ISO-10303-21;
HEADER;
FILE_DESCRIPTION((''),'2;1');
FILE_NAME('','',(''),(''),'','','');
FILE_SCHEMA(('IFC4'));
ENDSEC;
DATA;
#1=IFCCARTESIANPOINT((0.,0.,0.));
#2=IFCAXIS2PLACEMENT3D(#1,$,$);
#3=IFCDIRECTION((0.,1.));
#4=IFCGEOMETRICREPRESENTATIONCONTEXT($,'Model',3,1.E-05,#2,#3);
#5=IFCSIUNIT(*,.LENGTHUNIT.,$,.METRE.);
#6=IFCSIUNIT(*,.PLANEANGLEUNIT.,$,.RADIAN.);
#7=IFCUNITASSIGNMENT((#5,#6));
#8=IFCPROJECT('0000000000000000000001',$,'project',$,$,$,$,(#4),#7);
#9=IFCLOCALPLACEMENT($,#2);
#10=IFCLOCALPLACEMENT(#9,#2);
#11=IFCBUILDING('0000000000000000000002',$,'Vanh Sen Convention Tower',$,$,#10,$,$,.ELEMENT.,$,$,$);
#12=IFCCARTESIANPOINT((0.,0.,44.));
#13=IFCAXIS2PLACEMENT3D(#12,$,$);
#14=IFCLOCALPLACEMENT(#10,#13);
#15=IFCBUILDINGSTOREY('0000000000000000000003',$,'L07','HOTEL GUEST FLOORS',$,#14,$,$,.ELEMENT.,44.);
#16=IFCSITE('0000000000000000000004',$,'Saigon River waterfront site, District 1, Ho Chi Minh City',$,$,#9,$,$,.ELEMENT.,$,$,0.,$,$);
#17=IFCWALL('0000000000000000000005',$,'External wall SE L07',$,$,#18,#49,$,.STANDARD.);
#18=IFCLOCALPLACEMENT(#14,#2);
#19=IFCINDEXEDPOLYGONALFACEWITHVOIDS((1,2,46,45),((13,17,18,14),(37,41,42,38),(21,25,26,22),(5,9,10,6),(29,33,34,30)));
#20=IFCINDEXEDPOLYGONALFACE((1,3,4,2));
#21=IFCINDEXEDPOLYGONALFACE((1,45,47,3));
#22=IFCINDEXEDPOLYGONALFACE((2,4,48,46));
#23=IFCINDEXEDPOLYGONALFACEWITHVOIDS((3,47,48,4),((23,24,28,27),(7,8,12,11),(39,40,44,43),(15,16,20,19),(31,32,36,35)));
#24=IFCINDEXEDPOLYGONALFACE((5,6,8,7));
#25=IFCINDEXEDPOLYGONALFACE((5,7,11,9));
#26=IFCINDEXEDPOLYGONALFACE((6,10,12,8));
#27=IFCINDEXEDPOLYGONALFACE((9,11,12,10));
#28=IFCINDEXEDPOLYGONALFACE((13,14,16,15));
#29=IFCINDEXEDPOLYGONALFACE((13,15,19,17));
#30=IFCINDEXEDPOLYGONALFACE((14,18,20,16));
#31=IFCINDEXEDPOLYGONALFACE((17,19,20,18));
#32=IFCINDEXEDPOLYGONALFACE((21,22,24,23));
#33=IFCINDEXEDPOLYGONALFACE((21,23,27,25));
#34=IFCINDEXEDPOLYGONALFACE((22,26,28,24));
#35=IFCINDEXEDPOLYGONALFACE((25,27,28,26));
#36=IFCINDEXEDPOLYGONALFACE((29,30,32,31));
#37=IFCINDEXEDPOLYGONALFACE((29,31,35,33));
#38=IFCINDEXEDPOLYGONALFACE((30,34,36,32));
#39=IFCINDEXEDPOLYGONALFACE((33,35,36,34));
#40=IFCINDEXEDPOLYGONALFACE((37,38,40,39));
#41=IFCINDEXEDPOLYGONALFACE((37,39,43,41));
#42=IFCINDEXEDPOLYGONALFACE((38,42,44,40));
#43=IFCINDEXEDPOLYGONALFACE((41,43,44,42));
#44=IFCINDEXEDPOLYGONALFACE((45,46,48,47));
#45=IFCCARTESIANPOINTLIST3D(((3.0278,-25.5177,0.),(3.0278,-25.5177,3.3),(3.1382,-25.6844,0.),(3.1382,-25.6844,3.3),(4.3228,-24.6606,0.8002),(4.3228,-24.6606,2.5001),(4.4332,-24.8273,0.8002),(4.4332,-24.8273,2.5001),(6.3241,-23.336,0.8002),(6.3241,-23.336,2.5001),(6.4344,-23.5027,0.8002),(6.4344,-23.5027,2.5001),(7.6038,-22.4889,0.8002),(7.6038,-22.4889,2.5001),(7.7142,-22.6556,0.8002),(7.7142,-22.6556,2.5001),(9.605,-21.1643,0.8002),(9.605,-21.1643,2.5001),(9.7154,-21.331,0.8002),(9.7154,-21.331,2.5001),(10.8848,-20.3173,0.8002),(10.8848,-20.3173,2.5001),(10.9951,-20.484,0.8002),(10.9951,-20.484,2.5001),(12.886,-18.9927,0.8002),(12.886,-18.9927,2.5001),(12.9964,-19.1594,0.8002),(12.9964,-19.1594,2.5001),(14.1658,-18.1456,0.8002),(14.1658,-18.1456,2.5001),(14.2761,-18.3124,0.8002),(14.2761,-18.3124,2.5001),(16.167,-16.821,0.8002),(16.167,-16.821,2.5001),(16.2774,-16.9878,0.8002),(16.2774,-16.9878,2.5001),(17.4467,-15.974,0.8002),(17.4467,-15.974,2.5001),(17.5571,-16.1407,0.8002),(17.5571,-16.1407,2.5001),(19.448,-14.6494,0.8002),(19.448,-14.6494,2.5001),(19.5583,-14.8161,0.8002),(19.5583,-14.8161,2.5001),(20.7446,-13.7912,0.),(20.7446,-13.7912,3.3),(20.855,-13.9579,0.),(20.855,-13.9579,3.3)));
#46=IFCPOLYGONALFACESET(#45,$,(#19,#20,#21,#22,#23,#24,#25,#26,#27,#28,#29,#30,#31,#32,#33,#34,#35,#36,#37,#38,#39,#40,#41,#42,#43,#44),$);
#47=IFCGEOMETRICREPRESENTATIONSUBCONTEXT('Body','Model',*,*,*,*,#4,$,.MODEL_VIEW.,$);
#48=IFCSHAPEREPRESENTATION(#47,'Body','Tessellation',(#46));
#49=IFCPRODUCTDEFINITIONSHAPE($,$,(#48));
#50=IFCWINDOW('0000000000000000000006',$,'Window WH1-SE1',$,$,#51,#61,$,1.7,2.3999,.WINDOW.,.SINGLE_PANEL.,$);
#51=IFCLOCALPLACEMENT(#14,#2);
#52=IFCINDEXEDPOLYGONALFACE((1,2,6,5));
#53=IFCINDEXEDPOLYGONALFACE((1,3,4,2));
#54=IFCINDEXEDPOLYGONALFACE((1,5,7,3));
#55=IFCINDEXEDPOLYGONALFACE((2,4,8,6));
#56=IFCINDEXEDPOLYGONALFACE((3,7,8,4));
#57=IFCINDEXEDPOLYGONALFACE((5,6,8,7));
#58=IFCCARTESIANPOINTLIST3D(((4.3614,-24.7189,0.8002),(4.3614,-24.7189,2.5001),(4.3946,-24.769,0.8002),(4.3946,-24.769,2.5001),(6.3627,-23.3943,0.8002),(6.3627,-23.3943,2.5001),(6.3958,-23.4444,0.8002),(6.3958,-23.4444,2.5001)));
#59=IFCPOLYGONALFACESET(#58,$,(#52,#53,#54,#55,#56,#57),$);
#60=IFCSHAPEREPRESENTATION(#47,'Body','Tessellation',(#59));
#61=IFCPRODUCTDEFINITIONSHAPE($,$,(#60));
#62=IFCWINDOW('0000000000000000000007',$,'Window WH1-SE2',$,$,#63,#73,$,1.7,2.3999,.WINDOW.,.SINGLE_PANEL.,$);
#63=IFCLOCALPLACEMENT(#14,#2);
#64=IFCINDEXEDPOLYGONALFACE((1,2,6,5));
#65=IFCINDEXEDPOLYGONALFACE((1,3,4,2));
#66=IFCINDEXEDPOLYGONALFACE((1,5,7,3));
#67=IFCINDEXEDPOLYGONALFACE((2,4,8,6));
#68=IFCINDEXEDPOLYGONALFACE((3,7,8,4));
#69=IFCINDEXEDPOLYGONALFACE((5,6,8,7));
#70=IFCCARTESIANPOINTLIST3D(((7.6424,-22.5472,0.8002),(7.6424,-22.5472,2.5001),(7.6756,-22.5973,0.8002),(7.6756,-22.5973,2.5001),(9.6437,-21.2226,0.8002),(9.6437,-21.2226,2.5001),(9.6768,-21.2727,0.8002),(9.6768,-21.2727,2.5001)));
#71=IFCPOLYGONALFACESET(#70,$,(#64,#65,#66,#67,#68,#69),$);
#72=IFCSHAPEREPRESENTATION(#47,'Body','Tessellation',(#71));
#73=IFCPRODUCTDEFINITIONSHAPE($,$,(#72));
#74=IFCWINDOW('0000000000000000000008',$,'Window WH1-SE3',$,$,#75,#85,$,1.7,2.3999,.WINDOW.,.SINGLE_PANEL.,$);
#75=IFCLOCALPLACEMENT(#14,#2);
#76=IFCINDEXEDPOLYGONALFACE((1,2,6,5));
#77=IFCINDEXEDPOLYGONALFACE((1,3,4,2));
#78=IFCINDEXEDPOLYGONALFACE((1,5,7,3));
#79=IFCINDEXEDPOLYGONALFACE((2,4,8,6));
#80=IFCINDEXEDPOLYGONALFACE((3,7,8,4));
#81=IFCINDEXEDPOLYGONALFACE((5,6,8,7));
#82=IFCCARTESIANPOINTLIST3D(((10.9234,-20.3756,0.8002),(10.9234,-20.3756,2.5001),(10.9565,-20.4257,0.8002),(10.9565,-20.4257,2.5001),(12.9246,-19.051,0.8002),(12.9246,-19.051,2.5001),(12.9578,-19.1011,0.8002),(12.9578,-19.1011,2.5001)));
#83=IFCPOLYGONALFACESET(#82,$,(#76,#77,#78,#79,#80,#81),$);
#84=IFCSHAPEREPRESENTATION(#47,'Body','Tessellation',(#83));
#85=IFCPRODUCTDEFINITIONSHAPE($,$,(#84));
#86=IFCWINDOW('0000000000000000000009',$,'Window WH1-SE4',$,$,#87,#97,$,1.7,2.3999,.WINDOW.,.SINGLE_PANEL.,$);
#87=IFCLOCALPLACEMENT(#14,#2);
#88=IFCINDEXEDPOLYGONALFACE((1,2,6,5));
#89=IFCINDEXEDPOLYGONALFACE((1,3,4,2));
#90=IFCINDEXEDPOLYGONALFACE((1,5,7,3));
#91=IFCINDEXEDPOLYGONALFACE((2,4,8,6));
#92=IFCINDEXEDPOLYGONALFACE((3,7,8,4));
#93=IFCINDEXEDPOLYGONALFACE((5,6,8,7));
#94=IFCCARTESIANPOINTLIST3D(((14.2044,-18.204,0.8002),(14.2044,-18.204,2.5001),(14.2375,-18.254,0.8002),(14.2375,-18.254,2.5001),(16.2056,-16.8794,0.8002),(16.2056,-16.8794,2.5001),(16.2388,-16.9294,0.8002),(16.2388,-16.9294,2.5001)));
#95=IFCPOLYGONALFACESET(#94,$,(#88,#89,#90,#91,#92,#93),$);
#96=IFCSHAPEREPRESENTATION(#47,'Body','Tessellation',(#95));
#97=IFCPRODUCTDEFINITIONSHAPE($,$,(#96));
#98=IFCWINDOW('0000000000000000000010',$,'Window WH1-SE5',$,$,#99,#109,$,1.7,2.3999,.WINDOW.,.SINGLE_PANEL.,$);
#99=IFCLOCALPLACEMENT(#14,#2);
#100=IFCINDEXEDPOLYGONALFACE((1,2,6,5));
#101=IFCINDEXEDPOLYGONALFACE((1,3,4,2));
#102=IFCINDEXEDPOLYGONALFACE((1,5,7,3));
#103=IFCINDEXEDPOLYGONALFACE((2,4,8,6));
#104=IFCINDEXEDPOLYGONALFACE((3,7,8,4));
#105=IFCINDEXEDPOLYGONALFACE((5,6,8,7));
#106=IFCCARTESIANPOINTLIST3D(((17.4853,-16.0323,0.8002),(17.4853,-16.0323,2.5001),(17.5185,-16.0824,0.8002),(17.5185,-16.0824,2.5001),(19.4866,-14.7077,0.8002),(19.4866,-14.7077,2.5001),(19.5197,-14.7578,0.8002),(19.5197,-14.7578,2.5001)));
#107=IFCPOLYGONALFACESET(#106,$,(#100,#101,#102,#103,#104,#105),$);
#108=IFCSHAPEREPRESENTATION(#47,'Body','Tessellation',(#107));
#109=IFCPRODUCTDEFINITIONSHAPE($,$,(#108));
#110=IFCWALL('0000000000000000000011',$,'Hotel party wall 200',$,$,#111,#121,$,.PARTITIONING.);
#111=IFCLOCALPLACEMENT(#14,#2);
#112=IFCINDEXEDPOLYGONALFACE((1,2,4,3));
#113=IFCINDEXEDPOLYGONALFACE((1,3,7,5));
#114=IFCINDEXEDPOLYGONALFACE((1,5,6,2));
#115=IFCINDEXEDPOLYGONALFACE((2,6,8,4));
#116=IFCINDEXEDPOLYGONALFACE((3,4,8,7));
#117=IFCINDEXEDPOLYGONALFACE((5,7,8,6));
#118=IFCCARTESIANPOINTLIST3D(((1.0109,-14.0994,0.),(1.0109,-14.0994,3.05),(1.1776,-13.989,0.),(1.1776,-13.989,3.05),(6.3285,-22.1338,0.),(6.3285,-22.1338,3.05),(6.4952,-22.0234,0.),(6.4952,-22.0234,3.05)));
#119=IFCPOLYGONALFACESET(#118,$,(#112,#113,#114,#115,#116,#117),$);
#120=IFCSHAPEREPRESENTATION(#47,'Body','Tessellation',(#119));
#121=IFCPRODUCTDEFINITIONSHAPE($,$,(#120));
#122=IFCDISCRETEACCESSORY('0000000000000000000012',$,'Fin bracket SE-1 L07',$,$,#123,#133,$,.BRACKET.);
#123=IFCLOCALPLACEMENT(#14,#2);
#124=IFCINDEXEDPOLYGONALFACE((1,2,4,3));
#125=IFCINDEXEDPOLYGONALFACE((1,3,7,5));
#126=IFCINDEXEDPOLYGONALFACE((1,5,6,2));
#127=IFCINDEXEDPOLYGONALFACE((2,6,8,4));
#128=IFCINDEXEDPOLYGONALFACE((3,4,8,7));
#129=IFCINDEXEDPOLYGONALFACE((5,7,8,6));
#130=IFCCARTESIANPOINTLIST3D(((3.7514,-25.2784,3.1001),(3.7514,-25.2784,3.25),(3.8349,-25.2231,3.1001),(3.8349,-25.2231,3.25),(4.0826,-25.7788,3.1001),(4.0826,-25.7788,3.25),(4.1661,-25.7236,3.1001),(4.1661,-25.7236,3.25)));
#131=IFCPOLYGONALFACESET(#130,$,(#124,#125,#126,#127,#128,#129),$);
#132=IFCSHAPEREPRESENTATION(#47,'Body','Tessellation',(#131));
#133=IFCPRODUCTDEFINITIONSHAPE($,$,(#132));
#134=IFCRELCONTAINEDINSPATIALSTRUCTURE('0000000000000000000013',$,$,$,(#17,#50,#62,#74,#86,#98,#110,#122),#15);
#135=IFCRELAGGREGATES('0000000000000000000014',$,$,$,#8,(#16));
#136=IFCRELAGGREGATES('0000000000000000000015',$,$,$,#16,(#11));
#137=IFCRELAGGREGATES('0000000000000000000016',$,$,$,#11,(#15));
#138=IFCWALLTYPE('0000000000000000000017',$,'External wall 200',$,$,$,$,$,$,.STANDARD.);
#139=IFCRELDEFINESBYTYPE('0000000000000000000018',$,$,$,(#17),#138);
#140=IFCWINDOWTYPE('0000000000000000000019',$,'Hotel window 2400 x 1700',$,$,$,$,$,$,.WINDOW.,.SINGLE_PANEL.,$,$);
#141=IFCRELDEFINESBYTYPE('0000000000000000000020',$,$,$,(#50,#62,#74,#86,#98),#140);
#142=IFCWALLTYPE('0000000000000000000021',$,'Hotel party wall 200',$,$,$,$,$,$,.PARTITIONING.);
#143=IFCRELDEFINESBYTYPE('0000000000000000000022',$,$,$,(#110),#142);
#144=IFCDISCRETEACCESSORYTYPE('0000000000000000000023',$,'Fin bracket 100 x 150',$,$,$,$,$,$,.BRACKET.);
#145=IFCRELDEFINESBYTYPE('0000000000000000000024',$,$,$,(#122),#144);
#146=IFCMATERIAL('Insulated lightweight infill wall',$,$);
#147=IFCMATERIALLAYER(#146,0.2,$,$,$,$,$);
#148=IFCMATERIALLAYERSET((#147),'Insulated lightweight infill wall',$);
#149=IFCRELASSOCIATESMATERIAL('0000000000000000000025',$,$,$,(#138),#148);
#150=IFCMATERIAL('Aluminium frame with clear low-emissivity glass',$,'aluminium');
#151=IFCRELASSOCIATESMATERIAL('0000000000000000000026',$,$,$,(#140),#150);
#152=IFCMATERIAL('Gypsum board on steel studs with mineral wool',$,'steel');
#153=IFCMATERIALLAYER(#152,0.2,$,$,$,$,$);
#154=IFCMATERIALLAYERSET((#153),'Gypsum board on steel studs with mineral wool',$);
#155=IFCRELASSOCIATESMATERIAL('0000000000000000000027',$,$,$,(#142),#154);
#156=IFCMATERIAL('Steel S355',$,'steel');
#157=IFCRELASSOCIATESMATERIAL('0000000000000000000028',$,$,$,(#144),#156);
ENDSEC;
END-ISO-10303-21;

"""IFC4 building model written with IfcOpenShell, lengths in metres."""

from ifc_helpers import new_model, si_unit, direction, frame, frame_2d, origin, origin_2d, place, context, subcontext, project, spatial, rectangle, extrude, material, layer, layer_set, type_object, element, fill, save


model = new_model("IFC4")

# Units and contexts
model_context = context("Model", 3, precision=1e-05, world=origin(), true_north=direction((0.0, 1.0)))
body_context = subcontext(model_context, "Body", "Model", "MODEL_VIEW")
ifc_project = project(units=[si_unit("LENGTHUNIT", "METRE"), si_unit("PLANEANGLEUNIT", "RADIAN")], contexts=[model_context])

# Site, building, storey
site_placement = place(None, origin())
site = spatial("IfcSite", under=ifc_project, at=site_placement, Name="Saigon River waterfront site, District 1, Ho Chi Minh City", CompositionType="ELEMENT", RefElevation=0.0)
building_placement = place(site_placement, origin())
building = spatial("IfcBuilding", under=site, at=building_placement, Name="Vanh Sen Convention Tower", CompositionType="ELEMENT")
storey_placement = place(building_placement, frame((0.0, 0.0, 44.0)))
storey = spatial("IfcBuildingStorey", under=building, at=storey_placement, Name="L07", Description="HOTEL GUEST FLOORS", CompositionType="ELEMENT", Elevation=44.0)

# Shared definitions
ifc_material_1 = material(Name="Gypsum board on steel studs with mineral wool", Category="steel")

# Wall, openings, windows
ifc_material_2 = material(Name="Insulated lightweight infill wall")
ifc_layer_1 = layer(ifc_material_2, 0.2)
ifc_layer_set_1 = layer_set([ifc_layer_1], Name="Insulated lightweight infill wall")
wall_type_1 = type_object("IfcWallType", Name="External wall 200", PredefinedType="STANDARD", material=ifc_layer_set_1)
wall_1_placement = place(storey_placement, frame((3.083, -25.6011, 0.0), z_axis=(0.0, 0.0, 1.0), x_axis=(0.833884, 0.551939, 0.0)))
wall_1 = element("IfcWall", 1, at=wall_1_placement, inside=storey, type_object=wall_type_1, Name="External wall SE L07", PredefinedType="STANDARD", context=body_context, shape_type="SweptSolid", body=[
    extrude(rectangle(XDim=21.2461, YDim=0.2, at=frame_2d((10.623, 0.0))), origin(), (0.0, 0.0, 1.0), 3.3),
])
opening_1_placement = place(wall_1_placement, frame((1.553, 0.0, 0.8)))
opening_1 = element("IfcOpeningElement", 2, at=opening_1_placement, cuts=wall_1, PredefinedType="OPENING", context=body_context, shape_type="SweptSolid", body=[
    extrude(rectangle(XDim=2.3999, YDim=1.7, at=frame_2d((1.2, 0.8501))), frame((0.0, 0.1099, 0.0), z_axis=(0.0, -1.0, 0.0), x_axis=(1.0, 0.0, 0.0)), (0.0, 0.0, 1.0), 0.22),
])
opening_2_placement = place(wall_1_placement, frame((5.4875, 0.0, 0.8)))
opening_2 = element("IfcOpeningElement", 3, at=opening_2_placement, cuts=wall_1, PredefinedType="OPENING", context=body_context, shape_type="SweptSolid", body=[
    extrude(rectangle(XDim=2.3999, YDim=1.7, at=frame_2d((1.2, 0.8501))), frame((0.0, 0.1099, 0.0), z_axis=(0.0, -1.0, 0.0), x_axis=(1.0, 0.0, 0.0)), (0.0, 0.0, 1.0), 0.22),
])
opening_3_placement = place(wall_1_placement, frame((9.4221, 0.0, 0.8)))
opening_3 = element("IfcOpeningElement", 4, at=opening_3_placement, cuts=wall_1, PredefinedType="OPENING", context=body_context, shape_type="SweptSolid", body=[
    extrude(rectangle(XDim=2.3999, YDim=1.7, at=frame_2d((1.2, 0.8501))), frame((0.0, 0.1099, 0.0), z_axis=(0.0, -1.0, 0.0), x_axis=(1.0, 0.0, 0.0)), (0.0, 0.0, 1.0), 0.22),
])
opening_4_placement = place(wall_1_placement, frame((13.3567, 0.0, 0.8)))
opening_4 = element("IfcOpeningElement", 5, at=opening_4_placement, cuts=wall_1, PredefinedType="OPENING", context=body_context, shape_type="SweptSolid", body=[
    extrude(rectangle(XDim=2.3999, YDim=1.7, at=frame_2d((1.2, 0.8501))), frame((0.0, 0.1099, 0.0), z_axis=(0.0, -1.0, 0.0), x_axis=(1.0, 0.0, 0.0)), (0.0, 0.0, 1.0), 0.22),
])
opening_5_placement = place(wall_1_placement, frame((17.2913, 0.0, 0.8)))
opening_5 = element("IfcOpeningElement", 6, at=opening_5_placement, cuts=wall_1, PredefinedType="OPENING", context=body_context, shape_type="SweptSolid", body=[
    extrude(rectangle(XDim=2.3999, YDim=1.7, at=frame_2d((1.2, 0.8501))), frame((0.0, 0.1099, 0.0), z_axis=(0.0, -1.0, 0.0), x_axis=(1.0, 0.0, 0.0)), (0.0, 0.0, 1.0), 0.22),
])
ifc_material_3 = material(Name="Aluminium frame with clear low-emissivity glass", Category="aluminium")
window_type = type_object("IfcWindowType", Name="Hotel window 2400 x 1700", PartitioningType="SINGLE_PANEL", PredefinedType="WINDOW", material=ifc_material_3)
window_1_placement = place(opening_1_placement, origin())
window_1 = element("IfcWindow", 7, at=window_1_placement, inside=storey, type_object=window_type, Name="Window WH1-SE1", OverallHeight=1.7, OverallWidth=2.3999, PartitioningType="SINGLE_PANEL", PredefinedType="WINDOW", context=body_context, shape_type="SweptSolid", body=[
    extrude(rectangle(XDim=2.3999, YDim=1.7, at=frame_2d((1.2, 0.8501))), frame((0.0, 0.03, 0.0), z_axis=(0.0, -1.0, 0.0), x_axis=(1.0, 0.0, 0.0)), (0.0, 0.0, 1.0), 0.0601),
])
fill(opening_1, window_1)
window_2_placement = place(opening_2_placement, origin())
window_2 = element("IfcWindow", 8, at=window_2_placement, inside=storey, type_object=window_type, Name="Window WH1-SE2", OverallHeight=1.7, OverallWidth=2.3999, PartitioningType="SINGLE_PANEL", PredefinedType="WINDOW", context=body_context, shape_type="SweptSolid", body=[
    extrude(rectangle(XDim=2.3999, YDim=1.7, at=frame_2d((1.2, 0.8501))), frame((0.0, 0.03, 0.0), z_axis=(0.0, -1.0, 0.0), x_axis=(1.0, 0.0, 0.0)), (0.0, 0.0, 1.0), 0.0601),
])
fill(opening_2, window_2)
window_3_placement = place(opening_3_placement, origin())
window_3 = element("IfcWindow", 9, at=window_3_placement, inside=storey, type_object=window_type, Name="Window WH1-SE3", OverallHeight=1.7, OverallWidth=2.3999, PartitioningType="SINGLE_PANEL", PredefinedType="WINDOW", context=body_context, shape_type="SweptSolid", body=[
    extrude(rectangle(XDim=2.3999, YDim=1.7, at=frame_2d((1.2, 0.8501))), frame((0.0, 0.03, 0.0), z_axis=(0.0, -1.0, 0.0), x_axis=(1.0, 0.0, 0.0)), (0.0, 0.0, 1.0), 0.0601),
])
fill(opening_3, window_3)
window_4_placement = place(opening_4_placement, origin())
window_4 = element("IfcWindow", 10, at=window_4_placement, inside=storey, type_object=window_type, Name="Window WH1-SE4", OverallHeight=1.7, OverallWidth=2.3999, PartitioningType="SINGLE_PANEL", PredefinedType="WINDOW", context=body_context, shape_type="SweptSolid", body=[
    extrude(rectangle(XDim=2.3999, YDim=1.7, at=frame_2d((1.2, 0.8501))), frame((0.0, 0.03, 0.0), z_axis=(0.0, -1.0, 0.0), x_axis=(1.0, 0.0, 0.0)), (0.0, 0.0, 1.0), 0.0601),
])
fill(opening_4, window_4)
window_5_placement = place(opening_5_placement, origin())
window_5 = element("IfcWindow", 11, at=window_5_placement, inside=storey, type_object=window_type, Name="Window WH1-SE5", OverallHeight=1.7, OverallWidth=2.3999, PartitioningType="SINGLE_PANEL", PredefinedType="WINDOW", context=body_context, shape_type="SweptSolid", body=[
    extrude(rectangle(XDim=2.3999, YDim=1.7, at=frame_2d((1.2, 0.8501))), frame((0.0, 0.03, 0.0), z_axis=(0.0, -1.0, 0.0), x_axis=(1.0, 0.0, 0.0)), (0.0, 0.0, 1.0), 0.0601),
])
fill(opening_5, window_5)

# Wall
ifc_layer_2 = layer(ifc_material_1, 0.2)
ifc_layer_set_2 = layer_set([ifc_layer_2], Name="Gypsum board on steel studs with mineral wool")
wall_type_2 = type_object("IfcWallType", Name="Hotel party wall 200", PredefinedType="PARTITIONING", material=ifc_layer_set_2)
wall_2_placement = place(storey_placement, frame((6.4119, -22.0786, 0.0), z_axis=(0.0, 0.0, 1.0), x_axis=(-0.55192, 0.833897, 0.0)))
element("IfcWall", 12, at=wall_2_placement, inside=storey, type_object=wall_type_2, Name="Hotel party wall 200", PredefinedType="PARTITIONING", context=body_context, shape_type="SweptSolid", body=[
    extrude(rectangle(XDim=9.6348, YDim=0.2, at=frame_2d((4.8174, 0.0))), origin(), (0.0, 0.0, 1.0), 3.05),
])

# Discrete accessory
ifc_material_4 = material(Name="Steel S355", Category="steel")
discrete_accessory_type = type_object("IfcDiscreteAccessoryType", Name="Fin bracket 100 x 150", PredefinedType="BRACKET", material=ifc_material_4)
discrete_accessory_placement = place(storey_placement, frame((3.9587, -25.501, 3.1001), z_axis=(0.0, 0.0, 1.0), x_axis=(0.551937, -0.833886, 0.0)))
element("IfcDiscreteAccessory", 13, at=discrete_accessory_placement, inside=storey, type_object=discrete_accessory_type, Name="Fin bracket SE-1 L07", PredefinedType="BRACKET", context=body_context, shape_type="SweptSolid", body=[
    extrude(rectangle(XDim=0.6001, YDim=0.1001, at=origin_2d()), origin(), (0.0, 0.0, 1.0), 0.1499),
])

save(model, "model.ifc")
